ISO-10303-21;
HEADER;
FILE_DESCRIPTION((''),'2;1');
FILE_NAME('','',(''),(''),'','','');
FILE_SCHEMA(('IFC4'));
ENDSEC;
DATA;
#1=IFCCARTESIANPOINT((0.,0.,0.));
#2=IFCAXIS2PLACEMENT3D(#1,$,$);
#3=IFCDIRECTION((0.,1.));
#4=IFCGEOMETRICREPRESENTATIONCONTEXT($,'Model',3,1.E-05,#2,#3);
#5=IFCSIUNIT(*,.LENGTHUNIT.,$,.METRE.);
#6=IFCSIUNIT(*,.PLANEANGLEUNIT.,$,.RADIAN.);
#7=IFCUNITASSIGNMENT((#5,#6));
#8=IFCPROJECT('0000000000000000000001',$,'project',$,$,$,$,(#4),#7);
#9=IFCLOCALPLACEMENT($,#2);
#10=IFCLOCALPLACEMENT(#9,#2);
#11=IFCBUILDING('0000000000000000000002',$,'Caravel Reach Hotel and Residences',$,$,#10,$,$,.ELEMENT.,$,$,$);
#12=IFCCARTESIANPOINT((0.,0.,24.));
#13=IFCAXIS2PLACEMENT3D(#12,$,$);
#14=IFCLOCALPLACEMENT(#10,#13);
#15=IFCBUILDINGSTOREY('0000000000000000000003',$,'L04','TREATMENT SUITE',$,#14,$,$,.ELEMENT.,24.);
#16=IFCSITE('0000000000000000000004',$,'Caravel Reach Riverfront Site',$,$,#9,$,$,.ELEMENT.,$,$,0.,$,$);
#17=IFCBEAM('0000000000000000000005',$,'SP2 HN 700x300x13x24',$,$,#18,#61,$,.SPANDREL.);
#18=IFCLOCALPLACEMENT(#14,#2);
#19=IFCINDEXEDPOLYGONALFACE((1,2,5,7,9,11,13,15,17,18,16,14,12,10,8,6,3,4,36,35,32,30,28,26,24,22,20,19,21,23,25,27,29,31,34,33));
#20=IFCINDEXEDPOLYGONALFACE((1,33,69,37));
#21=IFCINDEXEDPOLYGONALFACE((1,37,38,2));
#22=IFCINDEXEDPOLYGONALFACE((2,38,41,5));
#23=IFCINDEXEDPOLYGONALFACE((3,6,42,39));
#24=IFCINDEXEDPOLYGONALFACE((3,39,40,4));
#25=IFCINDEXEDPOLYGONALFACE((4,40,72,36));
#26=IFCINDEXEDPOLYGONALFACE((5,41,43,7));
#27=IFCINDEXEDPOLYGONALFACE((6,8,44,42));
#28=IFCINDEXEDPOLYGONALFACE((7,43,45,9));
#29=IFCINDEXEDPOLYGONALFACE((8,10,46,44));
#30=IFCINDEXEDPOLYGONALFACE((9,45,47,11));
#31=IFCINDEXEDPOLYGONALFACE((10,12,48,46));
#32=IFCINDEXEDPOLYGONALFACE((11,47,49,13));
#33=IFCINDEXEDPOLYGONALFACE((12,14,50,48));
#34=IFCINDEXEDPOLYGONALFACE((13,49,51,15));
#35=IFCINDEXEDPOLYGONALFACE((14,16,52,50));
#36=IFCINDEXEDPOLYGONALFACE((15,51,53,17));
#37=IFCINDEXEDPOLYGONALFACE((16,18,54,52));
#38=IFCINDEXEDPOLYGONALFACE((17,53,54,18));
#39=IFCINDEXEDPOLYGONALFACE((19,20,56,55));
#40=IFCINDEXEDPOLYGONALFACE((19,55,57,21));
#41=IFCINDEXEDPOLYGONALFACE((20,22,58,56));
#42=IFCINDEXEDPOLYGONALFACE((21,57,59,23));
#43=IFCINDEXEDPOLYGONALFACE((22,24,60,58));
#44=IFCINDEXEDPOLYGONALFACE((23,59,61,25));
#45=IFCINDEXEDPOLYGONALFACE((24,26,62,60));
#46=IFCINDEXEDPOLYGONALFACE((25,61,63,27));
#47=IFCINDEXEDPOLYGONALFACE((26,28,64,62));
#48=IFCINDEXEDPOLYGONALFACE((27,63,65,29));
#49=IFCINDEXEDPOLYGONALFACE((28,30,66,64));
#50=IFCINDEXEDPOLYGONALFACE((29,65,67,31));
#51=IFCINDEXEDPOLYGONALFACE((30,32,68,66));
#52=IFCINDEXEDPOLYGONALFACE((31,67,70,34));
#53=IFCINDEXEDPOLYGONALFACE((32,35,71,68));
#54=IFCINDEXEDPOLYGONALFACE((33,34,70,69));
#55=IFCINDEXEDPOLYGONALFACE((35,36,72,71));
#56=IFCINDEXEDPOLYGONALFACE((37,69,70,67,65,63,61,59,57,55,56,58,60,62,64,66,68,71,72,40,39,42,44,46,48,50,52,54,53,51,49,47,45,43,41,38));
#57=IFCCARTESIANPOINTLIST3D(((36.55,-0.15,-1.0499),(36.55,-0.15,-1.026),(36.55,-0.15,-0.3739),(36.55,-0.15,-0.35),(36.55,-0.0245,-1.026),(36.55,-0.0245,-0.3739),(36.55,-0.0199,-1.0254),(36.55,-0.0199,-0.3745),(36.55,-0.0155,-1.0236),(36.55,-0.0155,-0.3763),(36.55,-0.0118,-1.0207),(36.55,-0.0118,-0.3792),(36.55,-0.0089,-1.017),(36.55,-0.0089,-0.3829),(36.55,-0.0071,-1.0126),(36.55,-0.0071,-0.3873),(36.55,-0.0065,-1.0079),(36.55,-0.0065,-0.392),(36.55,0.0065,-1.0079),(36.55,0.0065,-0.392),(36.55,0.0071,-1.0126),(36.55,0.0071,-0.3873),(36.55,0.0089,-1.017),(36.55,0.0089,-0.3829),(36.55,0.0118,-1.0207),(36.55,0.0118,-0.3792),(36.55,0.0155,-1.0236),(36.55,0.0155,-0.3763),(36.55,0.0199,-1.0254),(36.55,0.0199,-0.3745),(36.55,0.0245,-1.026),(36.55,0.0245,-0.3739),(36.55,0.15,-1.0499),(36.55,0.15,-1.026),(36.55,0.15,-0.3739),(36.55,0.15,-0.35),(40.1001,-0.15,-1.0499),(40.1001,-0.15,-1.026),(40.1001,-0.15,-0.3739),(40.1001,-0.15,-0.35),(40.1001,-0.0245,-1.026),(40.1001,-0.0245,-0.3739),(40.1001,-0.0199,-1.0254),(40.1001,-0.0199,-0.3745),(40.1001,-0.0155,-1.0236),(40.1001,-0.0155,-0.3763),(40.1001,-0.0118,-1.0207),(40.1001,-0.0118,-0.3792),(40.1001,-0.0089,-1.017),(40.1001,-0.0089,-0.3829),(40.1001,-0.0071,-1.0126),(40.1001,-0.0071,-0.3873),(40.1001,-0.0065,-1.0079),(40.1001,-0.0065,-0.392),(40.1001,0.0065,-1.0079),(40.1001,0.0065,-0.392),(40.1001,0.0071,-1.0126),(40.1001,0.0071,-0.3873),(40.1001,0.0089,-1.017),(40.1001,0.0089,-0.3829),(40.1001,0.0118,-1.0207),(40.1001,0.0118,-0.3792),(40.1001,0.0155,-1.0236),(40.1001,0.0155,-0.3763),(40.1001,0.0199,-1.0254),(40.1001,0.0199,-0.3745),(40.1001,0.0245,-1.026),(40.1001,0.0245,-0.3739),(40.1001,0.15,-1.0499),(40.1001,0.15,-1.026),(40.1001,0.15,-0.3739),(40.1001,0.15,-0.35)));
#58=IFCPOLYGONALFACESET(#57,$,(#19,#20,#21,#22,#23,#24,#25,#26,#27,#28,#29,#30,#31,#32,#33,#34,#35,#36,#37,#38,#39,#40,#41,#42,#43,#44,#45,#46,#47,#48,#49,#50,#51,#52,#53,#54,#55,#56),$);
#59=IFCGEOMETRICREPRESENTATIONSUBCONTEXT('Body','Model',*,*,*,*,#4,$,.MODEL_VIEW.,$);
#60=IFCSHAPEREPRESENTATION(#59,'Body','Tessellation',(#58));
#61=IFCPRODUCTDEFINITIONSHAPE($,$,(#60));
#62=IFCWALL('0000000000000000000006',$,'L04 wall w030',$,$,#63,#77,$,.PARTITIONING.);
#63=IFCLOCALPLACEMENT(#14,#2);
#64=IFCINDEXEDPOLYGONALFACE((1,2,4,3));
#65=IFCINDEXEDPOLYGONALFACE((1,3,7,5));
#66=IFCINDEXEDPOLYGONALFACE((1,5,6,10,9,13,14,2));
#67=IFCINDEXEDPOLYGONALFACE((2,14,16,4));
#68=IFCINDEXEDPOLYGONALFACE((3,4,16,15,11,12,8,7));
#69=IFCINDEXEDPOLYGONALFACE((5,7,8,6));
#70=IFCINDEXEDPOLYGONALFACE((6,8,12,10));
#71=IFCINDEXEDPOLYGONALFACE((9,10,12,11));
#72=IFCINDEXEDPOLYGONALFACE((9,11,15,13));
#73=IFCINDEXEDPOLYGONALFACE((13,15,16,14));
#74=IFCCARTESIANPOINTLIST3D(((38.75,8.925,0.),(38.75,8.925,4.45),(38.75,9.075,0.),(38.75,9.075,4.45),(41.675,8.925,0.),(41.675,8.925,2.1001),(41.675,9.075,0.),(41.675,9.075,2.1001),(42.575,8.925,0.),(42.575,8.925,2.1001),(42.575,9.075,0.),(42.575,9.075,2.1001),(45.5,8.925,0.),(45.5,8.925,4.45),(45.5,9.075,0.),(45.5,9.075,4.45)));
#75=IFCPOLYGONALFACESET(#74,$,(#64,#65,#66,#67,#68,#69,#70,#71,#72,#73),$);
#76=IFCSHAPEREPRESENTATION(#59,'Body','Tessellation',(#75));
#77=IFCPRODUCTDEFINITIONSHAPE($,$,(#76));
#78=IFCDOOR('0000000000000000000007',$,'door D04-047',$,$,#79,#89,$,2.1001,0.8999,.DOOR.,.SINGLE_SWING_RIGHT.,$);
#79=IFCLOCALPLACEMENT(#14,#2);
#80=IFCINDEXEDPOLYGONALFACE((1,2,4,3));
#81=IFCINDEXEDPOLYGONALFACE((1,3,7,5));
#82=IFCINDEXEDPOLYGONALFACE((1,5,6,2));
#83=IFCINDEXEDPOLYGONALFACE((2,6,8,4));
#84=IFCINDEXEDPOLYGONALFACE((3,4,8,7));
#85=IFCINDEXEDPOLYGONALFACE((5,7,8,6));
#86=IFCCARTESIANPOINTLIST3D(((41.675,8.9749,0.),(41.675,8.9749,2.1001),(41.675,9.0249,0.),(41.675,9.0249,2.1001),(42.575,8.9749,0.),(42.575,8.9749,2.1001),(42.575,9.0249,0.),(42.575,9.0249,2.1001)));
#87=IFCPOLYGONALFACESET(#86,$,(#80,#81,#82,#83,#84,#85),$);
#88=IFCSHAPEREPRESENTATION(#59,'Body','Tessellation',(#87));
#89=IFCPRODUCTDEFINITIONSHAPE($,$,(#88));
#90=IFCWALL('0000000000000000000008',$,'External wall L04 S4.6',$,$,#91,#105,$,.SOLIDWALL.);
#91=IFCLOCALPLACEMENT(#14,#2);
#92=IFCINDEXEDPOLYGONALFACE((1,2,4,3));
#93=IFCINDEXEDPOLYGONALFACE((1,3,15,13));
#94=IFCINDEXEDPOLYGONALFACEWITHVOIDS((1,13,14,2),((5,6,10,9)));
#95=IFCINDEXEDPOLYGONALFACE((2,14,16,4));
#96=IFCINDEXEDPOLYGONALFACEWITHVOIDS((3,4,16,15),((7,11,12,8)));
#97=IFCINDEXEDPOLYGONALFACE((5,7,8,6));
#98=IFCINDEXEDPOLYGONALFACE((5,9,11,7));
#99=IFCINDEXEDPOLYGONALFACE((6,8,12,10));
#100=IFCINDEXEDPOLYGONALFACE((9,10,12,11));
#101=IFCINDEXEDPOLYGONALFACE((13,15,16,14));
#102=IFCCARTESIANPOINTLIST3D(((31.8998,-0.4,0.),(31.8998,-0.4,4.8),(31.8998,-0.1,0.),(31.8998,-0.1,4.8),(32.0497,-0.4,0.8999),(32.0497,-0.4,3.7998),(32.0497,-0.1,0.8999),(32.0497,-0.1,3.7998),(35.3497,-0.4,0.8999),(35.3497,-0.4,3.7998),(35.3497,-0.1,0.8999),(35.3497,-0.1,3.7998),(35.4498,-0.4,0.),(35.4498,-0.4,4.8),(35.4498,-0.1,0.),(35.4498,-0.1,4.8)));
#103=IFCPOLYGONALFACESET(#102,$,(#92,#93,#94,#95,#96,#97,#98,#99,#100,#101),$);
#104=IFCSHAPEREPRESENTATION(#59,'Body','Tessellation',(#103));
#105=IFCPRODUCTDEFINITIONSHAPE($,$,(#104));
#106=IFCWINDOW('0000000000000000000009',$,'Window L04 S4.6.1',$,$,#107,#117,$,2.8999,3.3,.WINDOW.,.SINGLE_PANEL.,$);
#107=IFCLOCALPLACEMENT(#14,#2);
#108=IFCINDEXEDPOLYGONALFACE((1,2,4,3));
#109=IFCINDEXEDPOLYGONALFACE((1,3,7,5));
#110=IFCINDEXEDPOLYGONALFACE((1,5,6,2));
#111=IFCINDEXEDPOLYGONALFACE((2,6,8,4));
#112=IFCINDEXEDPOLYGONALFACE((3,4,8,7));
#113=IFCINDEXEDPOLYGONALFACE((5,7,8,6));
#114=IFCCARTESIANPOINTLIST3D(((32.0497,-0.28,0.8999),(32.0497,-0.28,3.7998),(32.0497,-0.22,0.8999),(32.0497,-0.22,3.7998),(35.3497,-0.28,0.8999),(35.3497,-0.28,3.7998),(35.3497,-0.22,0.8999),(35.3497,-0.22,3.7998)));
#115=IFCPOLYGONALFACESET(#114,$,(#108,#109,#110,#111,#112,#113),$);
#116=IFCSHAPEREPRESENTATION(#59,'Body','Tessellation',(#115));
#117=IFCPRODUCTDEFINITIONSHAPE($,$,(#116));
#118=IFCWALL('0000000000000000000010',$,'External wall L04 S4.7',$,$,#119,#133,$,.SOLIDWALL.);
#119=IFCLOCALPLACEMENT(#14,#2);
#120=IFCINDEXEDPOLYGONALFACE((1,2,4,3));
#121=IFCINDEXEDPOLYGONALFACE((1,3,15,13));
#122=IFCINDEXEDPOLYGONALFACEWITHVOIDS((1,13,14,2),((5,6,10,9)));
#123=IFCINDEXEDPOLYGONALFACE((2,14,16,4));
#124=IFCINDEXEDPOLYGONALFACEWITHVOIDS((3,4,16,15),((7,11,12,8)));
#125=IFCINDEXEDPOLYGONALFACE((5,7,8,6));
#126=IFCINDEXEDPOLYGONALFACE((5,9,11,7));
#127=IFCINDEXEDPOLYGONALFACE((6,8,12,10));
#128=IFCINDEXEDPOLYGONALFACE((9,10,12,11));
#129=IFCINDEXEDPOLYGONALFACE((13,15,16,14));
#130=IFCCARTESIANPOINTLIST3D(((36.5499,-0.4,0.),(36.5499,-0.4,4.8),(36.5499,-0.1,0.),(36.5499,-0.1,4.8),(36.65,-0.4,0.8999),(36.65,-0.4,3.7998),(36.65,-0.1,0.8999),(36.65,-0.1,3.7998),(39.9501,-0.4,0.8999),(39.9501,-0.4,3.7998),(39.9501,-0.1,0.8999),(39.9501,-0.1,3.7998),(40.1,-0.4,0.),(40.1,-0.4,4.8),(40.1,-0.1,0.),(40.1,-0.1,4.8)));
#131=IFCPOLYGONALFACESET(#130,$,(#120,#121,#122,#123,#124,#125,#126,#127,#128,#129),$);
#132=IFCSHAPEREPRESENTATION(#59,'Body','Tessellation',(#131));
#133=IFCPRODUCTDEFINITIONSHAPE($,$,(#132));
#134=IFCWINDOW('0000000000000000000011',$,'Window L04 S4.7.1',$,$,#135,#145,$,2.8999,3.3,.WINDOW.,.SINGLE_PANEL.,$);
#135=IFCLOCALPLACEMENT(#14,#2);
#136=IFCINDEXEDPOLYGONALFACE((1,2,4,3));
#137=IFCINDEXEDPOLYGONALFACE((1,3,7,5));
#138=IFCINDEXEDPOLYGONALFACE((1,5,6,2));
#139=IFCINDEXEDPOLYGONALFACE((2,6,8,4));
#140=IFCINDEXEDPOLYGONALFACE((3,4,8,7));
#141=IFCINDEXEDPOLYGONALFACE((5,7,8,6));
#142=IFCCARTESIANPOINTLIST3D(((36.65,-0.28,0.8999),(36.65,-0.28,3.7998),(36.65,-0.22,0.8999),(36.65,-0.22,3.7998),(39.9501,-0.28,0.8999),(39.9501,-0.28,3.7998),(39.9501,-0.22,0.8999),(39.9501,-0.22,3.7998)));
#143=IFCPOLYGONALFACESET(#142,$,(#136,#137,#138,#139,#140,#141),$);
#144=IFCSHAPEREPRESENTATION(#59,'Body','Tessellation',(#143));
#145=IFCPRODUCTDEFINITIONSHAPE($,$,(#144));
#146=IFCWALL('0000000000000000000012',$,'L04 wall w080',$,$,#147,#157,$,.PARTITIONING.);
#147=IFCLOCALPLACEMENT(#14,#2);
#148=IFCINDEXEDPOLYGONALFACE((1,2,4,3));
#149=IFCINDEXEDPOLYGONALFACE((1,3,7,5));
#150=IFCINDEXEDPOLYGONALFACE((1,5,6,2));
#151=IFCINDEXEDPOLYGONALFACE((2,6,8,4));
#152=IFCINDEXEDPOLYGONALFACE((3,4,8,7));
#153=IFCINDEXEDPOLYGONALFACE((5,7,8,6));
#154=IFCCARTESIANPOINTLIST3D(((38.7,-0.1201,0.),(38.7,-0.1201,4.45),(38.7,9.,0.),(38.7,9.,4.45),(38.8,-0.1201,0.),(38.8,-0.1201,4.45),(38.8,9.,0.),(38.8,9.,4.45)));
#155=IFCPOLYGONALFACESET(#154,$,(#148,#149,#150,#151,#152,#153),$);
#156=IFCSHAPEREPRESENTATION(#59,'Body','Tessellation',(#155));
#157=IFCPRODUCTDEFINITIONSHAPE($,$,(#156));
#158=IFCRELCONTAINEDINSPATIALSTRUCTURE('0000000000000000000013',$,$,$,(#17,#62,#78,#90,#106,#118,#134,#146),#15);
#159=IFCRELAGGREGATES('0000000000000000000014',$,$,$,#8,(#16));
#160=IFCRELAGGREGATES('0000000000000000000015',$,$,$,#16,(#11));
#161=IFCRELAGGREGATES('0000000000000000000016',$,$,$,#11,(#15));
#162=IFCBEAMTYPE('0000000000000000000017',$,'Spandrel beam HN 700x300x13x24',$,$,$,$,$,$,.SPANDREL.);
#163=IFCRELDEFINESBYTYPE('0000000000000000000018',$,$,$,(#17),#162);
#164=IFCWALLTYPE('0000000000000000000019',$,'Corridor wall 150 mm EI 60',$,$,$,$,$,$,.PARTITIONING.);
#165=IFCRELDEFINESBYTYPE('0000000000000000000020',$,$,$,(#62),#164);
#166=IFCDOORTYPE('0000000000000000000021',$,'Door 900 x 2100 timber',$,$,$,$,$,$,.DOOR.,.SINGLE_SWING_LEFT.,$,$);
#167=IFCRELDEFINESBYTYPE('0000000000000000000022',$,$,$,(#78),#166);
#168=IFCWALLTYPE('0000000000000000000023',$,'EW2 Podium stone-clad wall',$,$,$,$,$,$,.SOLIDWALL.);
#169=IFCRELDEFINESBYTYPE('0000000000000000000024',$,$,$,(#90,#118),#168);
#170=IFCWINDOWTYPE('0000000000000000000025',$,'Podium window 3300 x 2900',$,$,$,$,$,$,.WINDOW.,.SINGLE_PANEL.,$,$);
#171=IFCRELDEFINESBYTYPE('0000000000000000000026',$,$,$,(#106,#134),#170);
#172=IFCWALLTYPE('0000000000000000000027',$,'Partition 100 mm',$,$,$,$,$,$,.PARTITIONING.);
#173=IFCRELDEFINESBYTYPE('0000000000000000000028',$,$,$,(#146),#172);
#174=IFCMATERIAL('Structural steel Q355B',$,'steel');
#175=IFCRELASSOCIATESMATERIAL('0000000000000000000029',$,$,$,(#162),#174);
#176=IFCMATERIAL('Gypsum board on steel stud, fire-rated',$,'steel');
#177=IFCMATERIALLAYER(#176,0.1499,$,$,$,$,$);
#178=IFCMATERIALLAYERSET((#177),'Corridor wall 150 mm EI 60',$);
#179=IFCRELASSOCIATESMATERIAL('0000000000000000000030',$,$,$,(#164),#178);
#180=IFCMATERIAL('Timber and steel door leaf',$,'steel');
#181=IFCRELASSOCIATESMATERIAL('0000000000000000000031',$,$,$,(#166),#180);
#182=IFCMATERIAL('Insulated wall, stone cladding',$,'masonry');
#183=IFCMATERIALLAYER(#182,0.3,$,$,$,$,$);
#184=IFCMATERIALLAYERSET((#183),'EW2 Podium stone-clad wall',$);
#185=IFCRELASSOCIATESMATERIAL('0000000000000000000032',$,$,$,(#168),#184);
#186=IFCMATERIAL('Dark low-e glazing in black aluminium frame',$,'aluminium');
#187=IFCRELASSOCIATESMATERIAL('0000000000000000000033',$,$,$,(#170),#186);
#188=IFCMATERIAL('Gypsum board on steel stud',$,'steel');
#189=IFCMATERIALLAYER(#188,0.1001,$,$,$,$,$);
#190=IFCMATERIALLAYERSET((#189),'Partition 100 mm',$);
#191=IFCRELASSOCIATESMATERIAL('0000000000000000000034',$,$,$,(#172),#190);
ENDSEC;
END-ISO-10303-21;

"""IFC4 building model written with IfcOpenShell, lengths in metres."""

from ifc_helpers import new_model, si_unit, direction, frame, frame_2d, origin, origin_2d, place, context, subcontext, project, spatial, rectangle, i_section, extrude, material, layer, layer_set, material_profile, profile_set, type_object, element, fill, save


model = new_model("IFC4")

# Units and contexts
model_context = context("Model", 3, precision=1e-05, world=origin(), true_north=direction((0.0, 1.0)))
body_context = subcontext(model_context, "Body", "Model", "MODEL_VIEW")
ifc_project = project(units=[si_unit("LENGTHUNIT", "METRE"), si_unit("PLANEANGLEUNIT", "RADIAN")], contexts=[model_context])

# Site, building, storey
site_placement = place(None, origin())
site = spatial("IfcSite", under=ifc_project, at=site_placement, Name="Caravel Reach Riverfront Site", CompositionType="ELEMENT", RefElevation=0.0)
building_placement = place(site_placement, origin())
building = spatial("IfcBuilding", under=site, at=building_placement, Name="Caravel Reach Hotel and Residences", CompositionType="ELEMENT")
storey_placement = place(building_placement, frame((0.0, 0.0, 24.0)))
storey = spatial("IfcBuildingStorey", under=building, at=storey_placement, Name="L04", Description="TREATMENT SUITE", CompositionType="ELEMENT", Elevation=24.0)

# Beam
ifc_material_1 = material(Name="Structural steel Q355B", Category="steel")
ifc_material_profile_1 = material_profile(ifc_material_1, i_section(OverallWidth=0.3, OverallDepth=0.7, WebThickness=0.0129, FlangeThickness=0.0239, FilletRadius=0.0181, at=origin_2d()), Name="HN 700x300x13x24")
ifc_profile_set_1 = profile_set([ifc_material_profile_1], Name="Structural steel Q355B")
beam_type = type_object("IfcBeamType", Name="Spandrel beam HN 700x300x13x24", PredefinedType="SPANDREL", material=ifc_profile_set_1)
for number, where, z_axis, x_axis, name in (
    (1, (36.55, 0.0, -0.7), (1.0, 0.0, 0.0), (0.0, 1.0, 0.0), "SP2 HN 700x300x13x24"),
):
    element("IfcBeam", number, at=place(storey_placement, frame(where, z_axis=z_axis, x_axis=x_axis)), inside=storey, type_object=beam_type, Name=name, PredefinedType="SPANDREL", context=body_context, shape_type="SweptSolid", body=[
        extrude(i_section(OverallWidth=0.3, OverallDepth=0.7, WebThickness=0.0129, FlangeThickness=0.0239, FilletRadius=0.0181, at=origin_2d()), origin(), (0.0, 0.0, 1.0), 3.55),
    ])

# Wall, opening, door
ifc_material_2 = material(Name="Gypsum board on steel stud, fire-rated", Category="steel")
ifc_layer_1 = layer(ifc_material_2, 0.1499)
ifc_layer_set_1 = layer_set([ifc_layer_1], Name="Corridor wall 150 mm EI 60")
wall_type_1 = type_object("IfcWallType", Name="Corridor wall 150 mm EI 60", PredefinedType="PARTITIONING", material=ifc_layer_set_1)
wall_1_placement = place(storey_placement, frame((38.75, 9.0, 0.0), z_axis=(0.0, 0.0, 1.0), x_axis=(1.0, 0.0, 0.0)))
wall_1 = element("IfcWall", 2, at=wall_1_placement, inside=storey, type_object=wall_type_1, Name="L04 wall w030", PredefinedType="PARTITIONING", context=body_context, shape_type="SweptSolid", body=[
    extrude(rectangle(XDim=6.75, YDim=0.1499, at=frame_2d((3.375, 0.0))), origin(), (0.0, 0.0, 1.0), 4.45),
])
opening_1_placement = place(wall_1_placement, frame((2.925, 0.0, 0.0)))
opening_1 = element("IfcOpeningElement", 3, at=opening_1_placement, cuts=wall_1, PredefinedType="OPENING", context=body_context, shape_type="SweptSolid", body=[
    extrude(rectangle(XDim=0.8999, YDim=2.1001, at=frame_2d((0.45, 1.05))), frame((0.0, 0.085, 0.0), z_axis=(0.0, -1.0, 0.0), x_axis=(1.0, 0.0, 0.0)), (0.0, 0.0, 1.0), 0.1699),
])
ifc_material_3 = material(Name="Timber and steel door leaf", Category="steel")
door_type = type_object("IfcDoorType", Name="Door 900 x 2100 timber", OperationType="SINGLE_SWING_LEFT", PredefinedType="DOOR", material=ifc_material_3)
door_placement = place(opening_1_placement, origin())
door = element("IfcDoor", 4, at=door_placement, inside=storey, type_object=door_type, Name="door D04-047", OperationType="SINGLE_SWING_RIGHT", OverallHeight=2.1001, OverallWidth=0.8999, PredefinedType="DOOR", context=body_context, shape_type="SweptSolid", body=[
    extrude(rectangle(XDim=0.8999, YDim=2.1001, at=frame_2d((0.45, 1.05))), frame((0.0, 0.0249, 0.0), z_axis=(0.0, -1.0, 0.0), x_axis=(1.0, 0.0, 0.0)), (0.0, 0.0, 1.0), 0.05),
])
fill(opening_1, door)

# Walls, openings, windows
ifc_material_4 = material(Name="Insulated wall, stone cladding", Category="masonry")
ifc_layer_2 = layer(ifc_material_4, 0.3)
ifc_layer_set_2 = layer_set([ifc_layer_2], Name="EW2 Podium stone-clad wall")
wall_type_2 = type_object("IfcWallType", Name="EW2 Podium stone-clad wall", PredefinedType="SOLIDWALL", material=ifc_layer_set_2)
wall_2_placement = place(storey_placement, frame((31.8999, -0.25, 0.0), z_axis=(0.0, 0.0, 1.0), x_axis=(1.0, 0.0, 0.0)))
wall_2 = element("IfcWall", 5, at=wall_2_placement, inside=storey, type_object=wall_type_2, Name="External wall L04 S4.6", PredefinedType="SOLIDWALL", context=body_context, shape_type="SweptSolid", body=[
    extrude(rectangle(XDim=3.55, YDim=0.3, at=frame_2d((1.7749, 0.0))), origin(), (0.0, 0.0, 1.0), 4.8),
])
opening_2_placement = place(wall_2_placement, frame((0.1499, 0.0, 0.8999)))
opening_2 = element("IfcOpeningElement", 6, at=opening_2_placement, cuts=wall_2, PredefinedType="OPENING", context=body_context, shape_type="SweptSolid", body=[
    extrude(rectangle(XDim=3.3, YDim=2.8999, at=frame_2d((1.6499, 1.45))), frame((0.0, 0.1599, 0.0), z_axis=(0.0, -1.0, 0.0), x_axis=(1.0, 0.0, 0.0)), (0.0, 0.0, 1.0), 0.3201),
])
ifc_material_5 = material(Name="Dark low-e glazing in black aluminium frame", Category="aluminium")
window_type = type_object("IfcWindowType", Name="Podium window 3300 x 2900", PartitioningType="SINGLE_PANEL", PredefinedType="WINDOW", material=ifc_material_5)
window_1_placement = place(opening_2_placement, origin())
window_1 = element("IfcWindow", 7, at=window_1_placement, inside=storey, type_object=window_type, Name="Window L04 S4.6.1", OverallHeight=2.8999, OverallWidth=3.3, PartitioningType="SINGLE_PANEL", PredefinedType="WINDOW", context=body_context, shape_type="SweptSolid", body=[
    extrude(rectangle(XDim=3.3, YDim=2.8999, at=frame_2d((1.6499, 1.45))), frame((0.0, 0.03, 0.0), z_axis=(0.0, -1.0, 0.0), x_axis=(1.0, 0.0, 0.0)), (0.0, 0.0, 1.0), 0.0601),
])
fill(opening_2, window_1)
wall_3_placement = place(storey_placement, frame((36.55, -0.25, 0.0), z_axis=(0.0, 0.0, 1.0), x_axis=(1.0, 0.0, 0.0)))
wall_3 = element("IfcWall", 8, at=wall_3_placement, inside=storey, type_object=wall_type_2, Name="External wall L04 S4.7", PredefinedType="SOLIDWALL", context=body_context, shape_type="SweptSolid", body=[
    extrude(rectangle(XDim=3.55, YDim=0.3, at=frame_2d((1.7749, 0.0))), origin(), (0.0, 0.0, 1.0), 4.8),
])
opening_3_placement = place(wall_3_placement, frame((0.1001, 0.0, 0.8999)))
opening_3 = element("IfcOpeningElement", 9, at=opening_3_placement, cuts=wall_3, PredefinedType="OPENING", context=body_context, shape_type="SweptSolid", body=[
    extrude(rectangle(XDim=3.3, YDim=2.8999, at=frame_2d((1.6499, 1.45))), frame((0.0, 0.1599, 0.0), z_axis=(0.0, -1.0, 0.0), x_axis=(1.0, 0.0, 0.0)), (0.0, 0.0, 1.0), 0.3201),
])
window_2_placement = place(opening_3_placement, origin())
window_2 = element("IfcWindow", 10, at=window_2_placement, inside=storey, type_object=window_type, Name="Window L04 S4.7.1", OverallHeight=2.8999, OverallWidth=3.3, PartitioningType="SINGLE_PANEL", PredefinedType="WINDOW", context=body_context, shape_type="SweptSolid", body=[
    extrude(rectangle(XDim=3.3, YDim=2.8999, at=frame_2d((1.6499, 1.45))), frame((0.0, 0.03, 0.0), z_axis=(0.0, -1.0, 0.0), x_axis=(1.0, 0.0, 0.0)), (0.0, 0.0, 1.0), 0.0601),
])
fill(opening_3, window_2)

# Wall
ifc_material_6 = material(Name="Gypsum board on steel stud", Category="steel")
ifc_layer_3 = layer(ifc_material_6, 0.1001)
ifc_layer_set_3 = layer_set([ifc_layer_3], Name="Partition 100 mm")
wall_type_3 = type_object("IfcWallType", Name="Partition 100 mm", PredefinedType="PARTITIONING", material=ifc_layer_set_3)
wall_4_placement = place(storey_placement, frame((38.75, -0.1201, 0.0), z_axis=(0.0, 0.0, 1.0), x_axis=(0.0, 1.0, 0.0)))
element("IfcWall", 11, at=wall_4_placement, inside=storey, type_object=wall_type_3, Name="L04 wall w080", PredefinedType="PARTITIONING", context=body_context, shape_type="SweptSolid", body=[
    extrude(rectangle(XDim=9.1201, YDim=0.1001, at=frame_2d((4.5601, 0.0))), origin(), (0.0, 0.0, 1.0), 4.45),
])

save(model, "model.ifc")
